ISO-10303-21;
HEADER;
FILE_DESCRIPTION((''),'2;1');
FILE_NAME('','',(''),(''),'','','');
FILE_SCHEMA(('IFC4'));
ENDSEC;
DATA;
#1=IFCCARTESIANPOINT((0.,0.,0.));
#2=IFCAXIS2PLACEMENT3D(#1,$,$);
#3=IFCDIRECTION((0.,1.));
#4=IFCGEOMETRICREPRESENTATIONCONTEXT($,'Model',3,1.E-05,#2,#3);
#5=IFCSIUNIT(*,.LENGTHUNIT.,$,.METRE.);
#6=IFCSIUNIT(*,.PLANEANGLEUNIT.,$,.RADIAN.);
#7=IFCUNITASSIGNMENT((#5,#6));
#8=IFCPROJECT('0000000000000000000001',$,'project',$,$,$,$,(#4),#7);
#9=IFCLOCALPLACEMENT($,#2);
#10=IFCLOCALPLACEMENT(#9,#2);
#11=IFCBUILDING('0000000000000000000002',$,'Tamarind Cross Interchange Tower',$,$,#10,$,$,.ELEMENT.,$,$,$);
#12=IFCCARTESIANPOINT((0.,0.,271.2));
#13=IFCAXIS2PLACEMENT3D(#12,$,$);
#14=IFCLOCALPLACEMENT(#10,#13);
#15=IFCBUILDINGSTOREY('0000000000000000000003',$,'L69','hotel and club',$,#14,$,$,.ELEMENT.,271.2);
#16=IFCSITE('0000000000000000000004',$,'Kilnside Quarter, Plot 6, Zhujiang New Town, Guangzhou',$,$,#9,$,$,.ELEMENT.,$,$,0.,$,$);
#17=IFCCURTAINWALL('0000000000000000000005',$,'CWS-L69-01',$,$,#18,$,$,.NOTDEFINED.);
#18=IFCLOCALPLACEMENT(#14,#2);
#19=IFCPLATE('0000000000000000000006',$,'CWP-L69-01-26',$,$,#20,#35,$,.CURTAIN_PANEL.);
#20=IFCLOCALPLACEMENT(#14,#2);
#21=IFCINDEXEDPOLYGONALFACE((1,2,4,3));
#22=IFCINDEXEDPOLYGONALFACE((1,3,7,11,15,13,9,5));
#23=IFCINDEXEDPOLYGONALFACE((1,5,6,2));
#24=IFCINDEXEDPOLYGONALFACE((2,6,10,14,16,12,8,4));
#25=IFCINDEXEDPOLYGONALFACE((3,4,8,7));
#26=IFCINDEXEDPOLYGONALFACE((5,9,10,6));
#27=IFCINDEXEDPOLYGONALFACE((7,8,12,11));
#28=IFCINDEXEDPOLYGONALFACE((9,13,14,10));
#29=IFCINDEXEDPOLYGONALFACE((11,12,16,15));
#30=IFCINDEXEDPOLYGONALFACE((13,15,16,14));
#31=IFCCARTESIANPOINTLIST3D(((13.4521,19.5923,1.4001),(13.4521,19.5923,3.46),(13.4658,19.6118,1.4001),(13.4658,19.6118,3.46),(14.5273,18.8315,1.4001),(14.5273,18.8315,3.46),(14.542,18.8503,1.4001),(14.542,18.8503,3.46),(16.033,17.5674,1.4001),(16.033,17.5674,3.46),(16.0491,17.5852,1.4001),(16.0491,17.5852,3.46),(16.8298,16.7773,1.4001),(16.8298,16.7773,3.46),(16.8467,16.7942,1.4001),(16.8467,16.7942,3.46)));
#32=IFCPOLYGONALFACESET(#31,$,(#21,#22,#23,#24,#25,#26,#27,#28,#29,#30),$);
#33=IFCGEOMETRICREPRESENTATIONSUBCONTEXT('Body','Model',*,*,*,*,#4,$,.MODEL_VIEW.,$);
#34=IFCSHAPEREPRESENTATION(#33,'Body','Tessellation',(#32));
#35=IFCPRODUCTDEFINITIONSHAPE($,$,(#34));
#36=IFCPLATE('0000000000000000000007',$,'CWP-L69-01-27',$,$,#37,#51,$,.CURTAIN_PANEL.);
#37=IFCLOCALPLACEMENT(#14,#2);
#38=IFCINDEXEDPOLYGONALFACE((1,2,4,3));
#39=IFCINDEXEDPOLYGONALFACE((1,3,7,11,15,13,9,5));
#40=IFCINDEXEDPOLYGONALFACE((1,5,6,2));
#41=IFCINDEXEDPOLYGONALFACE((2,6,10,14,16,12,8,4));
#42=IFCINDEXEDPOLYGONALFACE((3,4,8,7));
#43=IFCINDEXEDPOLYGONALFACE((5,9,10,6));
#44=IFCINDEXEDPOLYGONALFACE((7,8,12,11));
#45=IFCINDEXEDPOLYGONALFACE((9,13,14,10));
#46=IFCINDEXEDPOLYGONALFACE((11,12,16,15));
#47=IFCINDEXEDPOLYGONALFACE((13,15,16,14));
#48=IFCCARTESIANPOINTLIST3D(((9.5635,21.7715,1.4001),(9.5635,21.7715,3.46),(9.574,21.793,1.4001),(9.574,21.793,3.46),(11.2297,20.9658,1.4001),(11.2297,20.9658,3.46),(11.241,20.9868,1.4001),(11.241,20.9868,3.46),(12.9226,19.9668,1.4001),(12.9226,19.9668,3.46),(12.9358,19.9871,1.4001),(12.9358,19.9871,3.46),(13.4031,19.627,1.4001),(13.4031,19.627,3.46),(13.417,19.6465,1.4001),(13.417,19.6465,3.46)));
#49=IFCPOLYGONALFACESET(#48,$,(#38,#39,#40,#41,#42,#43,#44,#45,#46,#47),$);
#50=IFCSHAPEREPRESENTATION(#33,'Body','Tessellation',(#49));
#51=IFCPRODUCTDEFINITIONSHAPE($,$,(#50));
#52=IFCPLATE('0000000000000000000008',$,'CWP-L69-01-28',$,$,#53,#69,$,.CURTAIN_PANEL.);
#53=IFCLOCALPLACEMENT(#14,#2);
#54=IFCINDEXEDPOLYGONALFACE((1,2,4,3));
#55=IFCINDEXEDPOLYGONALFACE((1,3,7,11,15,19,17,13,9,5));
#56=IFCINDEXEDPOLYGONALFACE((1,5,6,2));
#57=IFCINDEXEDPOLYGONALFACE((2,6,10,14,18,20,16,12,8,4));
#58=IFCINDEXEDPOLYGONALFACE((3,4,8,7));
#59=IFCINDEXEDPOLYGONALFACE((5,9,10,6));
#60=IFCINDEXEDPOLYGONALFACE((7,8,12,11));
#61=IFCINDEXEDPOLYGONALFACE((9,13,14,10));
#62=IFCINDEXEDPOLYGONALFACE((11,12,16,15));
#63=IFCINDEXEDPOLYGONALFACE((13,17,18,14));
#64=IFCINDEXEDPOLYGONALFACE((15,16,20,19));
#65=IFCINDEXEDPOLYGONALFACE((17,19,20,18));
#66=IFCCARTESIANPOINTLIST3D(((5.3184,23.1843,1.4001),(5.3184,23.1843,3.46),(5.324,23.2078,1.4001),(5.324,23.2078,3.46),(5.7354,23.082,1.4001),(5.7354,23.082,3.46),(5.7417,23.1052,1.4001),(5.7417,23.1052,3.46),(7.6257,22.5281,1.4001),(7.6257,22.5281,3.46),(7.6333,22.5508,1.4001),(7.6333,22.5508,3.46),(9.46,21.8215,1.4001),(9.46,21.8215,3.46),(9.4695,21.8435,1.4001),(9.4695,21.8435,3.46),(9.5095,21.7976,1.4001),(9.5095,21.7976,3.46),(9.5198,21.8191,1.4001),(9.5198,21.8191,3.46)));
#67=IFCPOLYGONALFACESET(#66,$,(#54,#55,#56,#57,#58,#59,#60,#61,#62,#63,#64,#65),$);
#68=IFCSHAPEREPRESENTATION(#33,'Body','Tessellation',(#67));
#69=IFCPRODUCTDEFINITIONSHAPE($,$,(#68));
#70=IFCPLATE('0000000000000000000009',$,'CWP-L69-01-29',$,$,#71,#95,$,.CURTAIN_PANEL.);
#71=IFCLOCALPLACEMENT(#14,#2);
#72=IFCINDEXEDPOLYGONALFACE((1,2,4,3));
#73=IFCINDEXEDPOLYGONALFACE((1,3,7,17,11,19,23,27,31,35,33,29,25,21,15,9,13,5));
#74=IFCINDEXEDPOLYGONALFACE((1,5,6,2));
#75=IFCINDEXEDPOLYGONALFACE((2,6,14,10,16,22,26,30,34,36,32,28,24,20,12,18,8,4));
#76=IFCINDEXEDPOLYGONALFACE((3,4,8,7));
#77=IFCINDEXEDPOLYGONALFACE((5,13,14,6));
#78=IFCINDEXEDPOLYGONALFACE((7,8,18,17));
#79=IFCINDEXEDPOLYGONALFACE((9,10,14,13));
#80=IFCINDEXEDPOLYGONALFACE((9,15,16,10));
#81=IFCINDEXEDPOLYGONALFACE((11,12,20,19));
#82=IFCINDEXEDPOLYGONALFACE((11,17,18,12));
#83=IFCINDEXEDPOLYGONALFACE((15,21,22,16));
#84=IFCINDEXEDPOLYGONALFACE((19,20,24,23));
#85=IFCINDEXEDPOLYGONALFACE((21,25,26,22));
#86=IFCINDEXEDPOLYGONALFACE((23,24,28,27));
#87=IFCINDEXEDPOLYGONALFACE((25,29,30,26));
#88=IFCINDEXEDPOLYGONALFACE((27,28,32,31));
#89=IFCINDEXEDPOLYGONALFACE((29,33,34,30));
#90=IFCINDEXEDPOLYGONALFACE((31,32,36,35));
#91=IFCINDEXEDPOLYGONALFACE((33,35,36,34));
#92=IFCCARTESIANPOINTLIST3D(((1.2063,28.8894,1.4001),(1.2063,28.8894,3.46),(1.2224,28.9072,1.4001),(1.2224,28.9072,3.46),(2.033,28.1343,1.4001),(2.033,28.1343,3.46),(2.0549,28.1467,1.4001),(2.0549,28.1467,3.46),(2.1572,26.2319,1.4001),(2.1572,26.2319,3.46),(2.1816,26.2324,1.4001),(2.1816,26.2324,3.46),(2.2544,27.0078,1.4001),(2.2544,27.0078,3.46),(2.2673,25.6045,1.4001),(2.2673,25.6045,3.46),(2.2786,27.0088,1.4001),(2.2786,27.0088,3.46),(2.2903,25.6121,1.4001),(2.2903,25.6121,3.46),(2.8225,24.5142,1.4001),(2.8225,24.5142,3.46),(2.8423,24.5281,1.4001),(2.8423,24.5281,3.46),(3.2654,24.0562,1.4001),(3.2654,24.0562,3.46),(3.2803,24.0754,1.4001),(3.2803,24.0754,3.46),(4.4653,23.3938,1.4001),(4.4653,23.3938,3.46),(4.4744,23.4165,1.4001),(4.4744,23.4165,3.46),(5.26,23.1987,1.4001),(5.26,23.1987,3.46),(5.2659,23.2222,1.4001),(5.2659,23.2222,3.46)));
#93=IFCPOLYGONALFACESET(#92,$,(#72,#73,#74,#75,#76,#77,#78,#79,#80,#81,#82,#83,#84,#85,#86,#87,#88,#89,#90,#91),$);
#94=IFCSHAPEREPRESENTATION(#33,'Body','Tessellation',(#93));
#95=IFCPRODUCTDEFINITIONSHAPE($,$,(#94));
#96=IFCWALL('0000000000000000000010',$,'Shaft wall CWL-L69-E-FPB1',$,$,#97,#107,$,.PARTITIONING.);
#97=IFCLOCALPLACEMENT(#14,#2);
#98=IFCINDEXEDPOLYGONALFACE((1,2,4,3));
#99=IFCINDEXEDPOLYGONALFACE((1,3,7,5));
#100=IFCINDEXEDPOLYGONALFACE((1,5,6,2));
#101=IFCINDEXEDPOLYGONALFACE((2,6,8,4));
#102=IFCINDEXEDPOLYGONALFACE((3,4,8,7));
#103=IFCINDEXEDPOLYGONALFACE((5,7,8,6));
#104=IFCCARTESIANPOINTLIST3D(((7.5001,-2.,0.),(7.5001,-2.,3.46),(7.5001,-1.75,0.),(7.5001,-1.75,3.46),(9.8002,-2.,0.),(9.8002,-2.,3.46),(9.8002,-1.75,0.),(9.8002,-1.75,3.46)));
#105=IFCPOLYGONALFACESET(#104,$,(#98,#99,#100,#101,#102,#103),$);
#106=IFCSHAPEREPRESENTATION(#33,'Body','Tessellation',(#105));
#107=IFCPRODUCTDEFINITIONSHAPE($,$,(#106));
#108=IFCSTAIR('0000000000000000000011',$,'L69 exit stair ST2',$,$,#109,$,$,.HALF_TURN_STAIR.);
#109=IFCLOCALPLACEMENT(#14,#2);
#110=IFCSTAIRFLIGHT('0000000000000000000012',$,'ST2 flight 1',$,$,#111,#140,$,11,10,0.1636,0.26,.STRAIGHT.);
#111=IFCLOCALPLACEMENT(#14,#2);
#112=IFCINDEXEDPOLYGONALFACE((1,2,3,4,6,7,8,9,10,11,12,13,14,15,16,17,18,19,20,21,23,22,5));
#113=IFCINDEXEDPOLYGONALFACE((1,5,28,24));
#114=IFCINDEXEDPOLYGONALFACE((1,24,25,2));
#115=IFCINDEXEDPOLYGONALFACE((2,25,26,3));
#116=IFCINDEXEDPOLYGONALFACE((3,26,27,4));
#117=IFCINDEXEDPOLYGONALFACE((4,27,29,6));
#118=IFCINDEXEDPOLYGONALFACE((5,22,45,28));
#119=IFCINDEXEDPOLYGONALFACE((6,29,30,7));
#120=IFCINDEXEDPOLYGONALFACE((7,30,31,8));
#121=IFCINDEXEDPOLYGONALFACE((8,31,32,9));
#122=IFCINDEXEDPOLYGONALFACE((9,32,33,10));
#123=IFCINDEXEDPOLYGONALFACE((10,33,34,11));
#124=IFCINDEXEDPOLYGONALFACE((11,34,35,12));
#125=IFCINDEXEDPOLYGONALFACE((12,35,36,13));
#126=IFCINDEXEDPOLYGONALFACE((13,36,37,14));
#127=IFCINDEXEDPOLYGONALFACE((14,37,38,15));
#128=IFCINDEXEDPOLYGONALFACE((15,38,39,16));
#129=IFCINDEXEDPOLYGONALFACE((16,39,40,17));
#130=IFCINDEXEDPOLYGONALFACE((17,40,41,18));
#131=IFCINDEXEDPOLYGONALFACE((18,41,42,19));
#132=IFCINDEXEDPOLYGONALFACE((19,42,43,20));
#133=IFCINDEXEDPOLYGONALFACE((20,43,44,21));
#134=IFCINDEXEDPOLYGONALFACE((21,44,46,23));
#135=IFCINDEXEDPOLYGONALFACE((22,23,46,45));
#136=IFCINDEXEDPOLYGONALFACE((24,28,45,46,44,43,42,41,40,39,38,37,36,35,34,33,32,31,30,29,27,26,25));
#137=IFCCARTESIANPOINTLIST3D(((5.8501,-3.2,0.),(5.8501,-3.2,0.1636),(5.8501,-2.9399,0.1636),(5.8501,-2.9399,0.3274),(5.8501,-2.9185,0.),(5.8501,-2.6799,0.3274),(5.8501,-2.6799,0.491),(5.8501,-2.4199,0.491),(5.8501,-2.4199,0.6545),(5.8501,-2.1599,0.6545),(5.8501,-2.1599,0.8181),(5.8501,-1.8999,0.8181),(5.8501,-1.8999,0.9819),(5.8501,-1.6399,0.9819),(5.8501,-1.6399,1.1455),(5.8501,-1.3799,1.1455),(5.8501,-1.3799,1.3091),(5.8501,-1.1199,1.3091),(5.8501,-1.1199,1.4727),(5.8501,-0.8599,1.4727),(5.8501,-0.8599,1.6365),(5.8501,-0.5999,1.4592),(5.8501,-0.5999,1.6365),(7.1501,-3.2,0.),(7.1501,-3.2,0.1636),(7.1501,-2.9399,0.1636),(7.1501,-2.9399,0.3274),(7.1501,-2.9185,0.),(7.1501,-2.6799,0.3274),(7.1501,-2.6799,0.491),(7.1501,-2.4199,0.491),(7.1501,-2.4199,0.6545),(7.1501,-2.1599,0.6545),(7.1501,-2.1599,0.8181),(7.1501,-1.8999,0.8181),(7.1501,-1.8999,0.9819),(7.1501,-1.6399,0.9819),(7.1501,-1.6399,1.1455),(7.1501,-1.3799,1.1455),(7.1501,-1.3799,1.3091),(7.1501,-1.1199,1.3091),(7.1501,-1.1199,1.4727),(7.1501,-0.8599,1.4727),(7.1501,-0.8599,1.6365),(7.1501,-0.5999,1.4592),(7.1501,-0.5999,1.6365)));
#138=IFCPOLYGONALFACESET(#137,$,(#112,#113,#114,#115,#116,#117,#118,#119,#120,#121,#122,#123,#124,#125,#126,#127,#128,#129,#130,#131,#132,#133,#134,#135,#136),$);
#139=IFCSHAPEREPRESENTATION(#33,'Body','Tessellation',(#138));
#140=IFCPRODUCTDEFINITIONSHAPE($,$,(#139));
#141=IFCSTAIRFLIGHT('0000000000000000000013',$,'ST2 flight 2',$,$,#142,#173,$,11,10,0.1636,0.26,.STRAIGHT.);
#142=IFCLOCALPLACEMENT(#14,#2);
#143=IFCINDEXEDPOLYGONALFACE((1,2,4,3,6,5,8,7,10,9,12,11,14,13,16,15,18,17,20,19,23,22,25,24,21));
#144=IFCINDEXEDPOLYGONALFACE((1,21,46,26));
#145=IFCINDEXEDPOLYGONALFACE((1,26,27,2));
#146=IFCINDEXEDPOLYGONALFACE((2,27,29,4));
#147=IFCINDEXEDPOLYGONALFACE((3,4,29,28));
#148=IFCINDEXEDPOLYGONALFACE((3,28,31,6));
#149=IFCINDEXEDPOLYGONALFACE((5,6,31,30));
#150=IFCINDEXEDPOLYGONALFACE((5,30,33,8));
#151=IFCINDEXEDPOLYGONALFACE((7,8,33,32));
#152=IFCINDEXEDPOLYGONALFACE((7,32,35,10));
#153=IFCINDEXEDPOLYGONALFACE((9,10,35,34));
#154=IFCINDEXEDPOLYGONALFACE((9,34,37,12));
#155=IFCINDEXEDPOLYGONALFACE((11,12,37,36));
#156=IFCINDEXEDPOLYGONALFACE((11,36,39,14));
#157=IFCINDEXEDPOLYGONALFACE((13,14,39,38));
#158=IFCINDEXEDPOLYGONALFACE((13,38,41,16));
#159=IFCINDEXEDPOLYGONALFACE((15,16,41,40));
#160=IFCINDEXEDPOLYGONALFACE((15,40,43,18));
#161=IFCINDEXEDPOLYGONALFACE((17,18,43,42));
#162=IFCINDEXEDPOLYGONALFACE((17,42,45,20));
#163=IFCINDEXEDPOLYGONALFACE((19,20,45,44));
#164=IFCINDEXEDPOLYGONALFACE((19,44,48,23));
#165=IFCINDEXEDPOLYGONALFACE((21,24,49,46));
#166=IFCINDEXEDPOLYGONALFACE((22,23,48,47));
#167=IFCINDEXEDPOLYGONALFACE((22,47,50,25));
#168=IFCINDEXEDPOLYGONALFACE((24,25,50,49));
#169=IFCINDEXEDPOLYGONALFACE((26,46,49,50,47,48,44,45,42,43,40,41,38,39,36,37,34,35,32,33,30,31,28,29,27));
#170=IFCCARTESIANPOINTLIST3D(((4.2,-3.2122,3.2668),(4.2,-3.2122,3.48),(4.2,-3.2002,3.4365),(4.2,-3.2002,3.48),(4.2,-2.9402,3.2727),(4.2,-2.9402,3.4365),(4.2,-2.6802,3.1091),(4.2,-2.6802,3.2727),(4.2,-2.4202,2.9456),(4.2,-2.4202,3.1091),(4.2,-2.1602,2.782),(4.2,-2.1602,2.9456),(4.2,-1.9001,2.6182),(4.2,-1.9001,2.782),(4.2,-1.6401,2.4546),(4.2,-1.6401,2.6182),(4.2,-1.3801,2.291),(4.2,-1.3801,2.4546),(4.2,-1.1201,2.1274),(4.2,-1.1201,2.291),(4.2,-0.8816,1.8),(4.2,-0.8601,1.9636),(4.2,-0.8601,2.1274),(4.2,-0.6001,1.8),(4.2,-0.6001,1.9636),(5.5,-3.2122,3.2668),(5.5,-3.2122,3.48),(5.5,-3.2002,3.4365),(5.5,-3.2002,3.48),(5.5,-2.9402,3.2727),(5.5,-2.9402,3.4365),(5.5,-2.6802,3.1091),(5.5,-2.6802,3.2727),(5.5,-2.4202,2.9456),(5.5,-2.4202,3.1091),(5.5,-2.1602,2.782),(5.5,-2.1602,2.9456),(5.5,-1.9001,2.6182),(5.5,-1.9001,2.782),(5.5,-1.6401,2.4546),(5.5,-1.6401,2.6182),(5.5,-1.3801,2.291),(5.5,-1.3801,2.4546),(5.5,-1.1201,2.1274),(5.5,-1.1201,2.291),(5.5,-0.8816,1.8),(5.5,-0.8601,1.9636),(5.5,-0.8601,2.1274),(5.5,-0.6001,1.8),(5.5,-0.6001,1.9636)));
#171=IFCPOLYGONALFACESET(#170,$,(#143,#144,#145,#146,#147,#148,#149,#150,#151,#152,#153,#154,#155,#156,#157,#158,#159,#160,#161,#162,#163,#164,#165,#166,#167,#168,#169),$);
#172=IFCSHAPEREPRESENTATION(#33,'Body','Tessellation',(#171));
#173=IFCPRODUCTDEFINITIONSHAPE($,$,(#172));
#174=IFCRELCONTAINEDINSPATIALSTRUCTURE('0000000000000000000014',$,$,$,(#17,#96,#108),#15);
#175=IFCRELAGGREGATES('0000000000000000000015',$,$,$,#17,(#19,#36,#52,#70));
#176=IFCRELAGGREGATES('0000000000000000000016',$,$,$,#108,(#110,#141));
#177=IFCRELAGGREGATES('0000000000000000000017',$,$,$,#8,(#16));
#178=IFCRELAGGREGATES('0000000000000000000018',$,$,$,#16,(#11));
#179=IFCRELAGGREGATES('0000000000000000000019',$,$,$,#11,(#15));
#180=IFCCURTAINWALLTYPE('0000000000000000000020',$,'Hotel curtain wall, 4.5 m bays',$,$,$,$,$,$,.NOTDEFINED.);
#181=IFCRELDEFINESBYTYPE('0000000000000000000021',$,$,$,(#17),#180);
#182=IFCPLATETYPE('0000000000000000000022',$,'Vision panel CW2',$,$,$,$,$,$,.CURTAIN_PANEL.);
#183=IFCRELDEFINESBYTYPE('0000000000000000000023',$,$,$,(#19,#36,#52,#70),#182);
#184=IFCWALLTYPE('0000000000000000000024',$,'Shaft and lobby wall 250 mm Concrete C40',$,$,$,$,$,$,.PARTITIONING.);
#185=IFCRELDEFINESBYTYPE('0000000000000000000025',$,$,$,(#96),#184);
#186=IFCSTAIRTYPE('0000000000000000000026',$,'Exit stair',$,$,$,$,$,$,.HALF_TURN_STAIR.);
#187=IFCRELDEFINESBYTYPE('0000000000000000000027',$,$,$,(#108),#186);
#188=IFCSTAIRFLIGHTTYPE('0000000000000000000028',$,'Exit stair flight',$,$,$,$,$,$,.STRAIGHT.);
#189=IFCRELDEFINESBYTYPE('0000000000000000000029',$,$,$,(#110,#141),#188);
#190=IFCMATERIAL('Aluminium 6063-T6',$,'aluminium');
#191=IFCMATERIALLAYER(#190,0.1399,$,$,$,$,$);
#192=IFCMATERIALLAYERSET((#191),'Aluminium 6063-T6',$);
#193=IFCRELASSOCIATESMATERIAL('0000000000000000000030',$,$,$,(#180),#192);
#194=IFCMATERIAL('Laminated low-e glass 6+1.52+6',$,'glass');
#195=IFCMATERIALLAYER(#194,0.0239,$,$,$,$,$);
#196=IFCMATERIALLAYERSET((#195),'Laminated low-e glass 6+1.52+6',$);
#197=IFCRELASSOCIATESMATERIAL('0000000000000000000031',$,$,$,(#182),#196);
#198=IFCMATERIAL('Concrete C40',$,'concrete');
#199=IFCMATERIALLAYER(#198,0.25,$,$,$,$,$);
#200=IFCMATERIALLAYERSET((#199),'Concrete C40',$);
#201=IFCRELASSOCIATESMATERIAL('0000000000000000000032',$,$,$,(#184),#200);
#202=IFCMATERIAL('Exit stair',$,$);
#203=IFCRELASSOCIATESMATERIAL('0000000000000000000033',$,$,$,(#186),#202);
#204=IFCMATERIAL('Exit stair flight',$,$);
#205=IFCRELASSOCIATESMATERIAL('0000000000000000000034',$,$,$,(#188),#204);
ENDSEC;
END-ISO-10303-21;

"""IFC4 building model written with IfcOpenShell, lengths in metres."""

from ifc_helpers import new_model, si_unit, direction, frame, frame_2d, origin, place, context, subcontext, project, spatial, polyline, rectangle, outline, extrude, material, layer, layer_set, type_object, element, aggregate, save


model = new_model("IFC4")

# Units and contexts
model_context = context("Model", 3, precision=1e-05, world=origin(), true_north=direction((0.0, 1.0)))
body_context = subcontext(model_context, "Body", "Model", "MODEL_VIEW")
ifc_project = project(units=[si_unit("LENGTHUNIT", "METRE"), si_unit("PLANEANGLEUNIT", "RADIAN")], contexts=[model_context])

# Site, building, storey
site_placement = place(None, origin())
site = spatial("IfcSite", under=ifc_project, at=site_placement, Name="Kilnside Quarter, Plot 6, Zhujiang New Town, Guangzhou", CompositionType="ELEMENT", RefElevation=0.0)
building_placement = place(site_placement, origin())
building = spatial("IfcBuilding", under=site, at=building_placement, Name="Tamarind Cross Interchange Tower", CompositionType="ELEMENT")
storey_placement = place(building_placement, frame((0.0, 0.0, 271.2)))
storey = spatial("IfcBuildingStorey", under=building, at=storey_placement, Name="L69", Description="hotel and club", CompositionType="ELEMENT", Elevation=271.2)

# Curtain wall, plates
ifc_material_1 = material(Name="Aluminium 6063-T6", Category="aluminium")
ifc_layer_1 = layer(ifc_material_1, 0.1399)
ifc_layer_set_1 = layer_set([ifc_layer_1], Name="Aluminium 6063-T6")
curtain_wall_type = type_object("IfcCurtainWallType", Name="Hotel curtain wall, 4.5 m bays", PredefinedType="NOTDEFINED", material=ifc_layer_set_1)
curtain_wall_placement = place(storey_placement, origin())
curtain_wall = element("IfcCurtainWall", 1, at=curtain_wall_placement, inside=storey, type_object=curtain_wall_type, Name="CWS-L69-01", PredefinedType="NOTDEFINED")
ifc_material_2 = material(Name="Laminated low-e glass 6+1.52+6", Category="glass")
ifc_layer_2 = layer(ifc_material_2, 0.0239)
ifc_layer_set_2 = layer_set([ifc_layer_2], Name="Laminated low-e glass 6+1.52+6")
plate_type = type_object("IfcPlateType", Name="Vision panel CW2", PredefinedType="CURTAIN_PANEL", material=ifc_layer_set_2)
plate_1_placement = place(storey_placement, frame((0.0, 0.0, 1.4001)))
plate_1 = element("IfcPlate", 2, at=plate_1_placement, type_object=plate_type, Name="CWP-L69-01-26", PredefinedType="CURTAIN_PANEL", context=body_context, shape_type="SweptSolid", body=[
    extrude(outline(polyline([(16.8298, 16.7773), (16.033, 17.5674), (14.5273, 18.8315), (13.4521, 19.5923), (13.4658, 19.6118), (14.542, 18.8503), (16.0491, 17.5852), (16.8467, 16.7942), (16.8298, 16.7773)])), origin(), (0.0, 0.0, 1.0), 2.0598),
])
plate_2_placement = place(storey_placement, frame((0.0, 0.0, 1.4001)))
plate_2 = element("IfcPlate", 3, at=plate_2_placement, type_object=plate_type, Name="CWP-L69-01-27", PredefinedType="CURTAIN_PANEL", context=body_context, shape_type="SweptSolid", body=[
    extrude(outline(polyline([(13.4031, 19.627), (12.9226, 19.9668), (11.2297, 20.9658), (9.5635, 21.7715), (9.574, 21.793), (11.241, 20.9868), (12.9358, 19.9871), (13.417, 19.6465), (13.4031, 19.627)])), origin(), (0.0, 0.0, 1.0), 2.0598),
])
plate_3_placement = place(storey_placement, frame((0.0, 0.0, 1.4001)))
plate_3 = element("IfcPlate", 4, at=plate_3_placement, type_object=plate_type, Name="CWP-L69-01-28", PredefinedType="CURTAIN_PANEL", context=body_context, shape_type="SweptSolid", body=[
    extrude(outline(polyline([(9.5095, 21.7976), (9.46, 21.8215), (7.6257, 22.5281), (5.7354, 23.082), (5.3184, 23.1843), (5.324, 23.2078), (5.7417, 23.1052), (7.6333, 22.5508), (9.4695, 21.8435), (9.5198, 21.8191), (9.5095, 21.7976)])), origin(), (0.0, 0.0, 1.0), 2.0598),
])
plate_4_placement = place(storey_placement, frame((0.0, 0.0, 1.4001)))
plate_4 = element("IfcPlate", 5, at=plate_4_placement, type_object=plate_type, Name="CWP-L69-01-29", PredefinedType="CURTAIN_PANEL", context=body_context, shape_type="SweptSolid", body=[
    extrude(outline(polyline([(5.26, 23.1987), (4.4653, 23.3938), (3.2654, 24.0562), (2.8225, 24.5142), (2.2673, 25.6045), (2.1572, 26.2319), (2.2544, 27.0078), (2.033, 28.1343), (1.2063, 28.8894), (1.2224, 28.9072), (2.0549, 28.1467), (2.2786, 27.0088), (2.1816, 26.2324), (2.2903, 25.6121), (2.8423, 24.5281), (3.2803, 24.0754), (4.4744, 23.4165), (5.2659, 23.2222), (5.26, 23.1987)])), origin(), (0.0, 0.0, 1.0), 2.0598),
])
aggregate(curtain_wall, [plate_1, plate_2, plate_3, plate_4])

# Wall
ifc_material_3 = material(Name="Concrete C40", Category="concrete")
ifc_layer_3 = layer(ifc_material_3, 0.25)
ifc_layer_set_3 = layer_set([ifc_layer_3], Name="Concrete C40")
wall_type = type_object("IfcWallType", Name="Shaft and lobby wall 250 mm Concrete C40", PredefinedType="PARTITIONING", material=ifc_layer_set_3)
wall_placement = place(storey_placement, frame((9.8, -1.875, 0.0), z_axis=(0.0, 0.0, 1.0), x_axis=(-1.0, 0.0, 0.0)))
element("IfcWall", 6, at=wall_placement, inside=storey, type_object=wall_type, Name="Shaft wall CWL-L69-E-FPB1", PredefinedType="PARTITIONING", context=body_context, shape_type="SweptSolid", body=[
    extrude(rectangle(XDim=2.3, YDim=0.25, at=frame_2d((1.1499, 0.0))), origin(), (0.0, 0.0, 1.0), 3.46),
])

# Stair, stair flights
ifc_material_4 = material(Name="Exit stair")
stair_type = type_object("IfcStairType", Name="Exit stair", PredefinedType="HALF_TURN_STAIR", material=ifc_material_4)
stair_placement = place(storey_placement, origin())
stair = element("IfcStair", 7, at=stair_placement, inside=storey, type_object=stair_type, Name="L69 exit stair ST2", PredefinedType="HALF_TURN_STAIR")
ifc_material_5 = material(Name="Exit stair flight")
stair_flight_type = type_object("IfcStairFlightType", Name="Exit stair flight", PredefinedType="STRAIGHT", material=ifc_material_5)
stair_flight_1_placement = place(storey_placement, frame((6.5, -3.2, 0.0), z_axis=(0.0, 0.0, 1.0), x_axis=(0.0, 1.0, 0.0)))
stair_flight_1 = element("IfcStairFlight", 8, at=stair_flight_1_placement, type_object=stair_flight_type, Name="ST2 flight 1", NumberOfRisers=11, NumberOfTreads=10, PredefinedType="STRAIGHT", RiserHeight=0.1636, TreadLength=0.26, context=body_context, shape_type="SweptSolid", body=[
    extrude(outline(polyline([(0.0, 0.0), (0.0, 0.1636), (0.26, 0.1636), (0.26, 0.3274), (0.52, 0.3274), (0.52, 0.491), (0.78, 0.491), (0.78, 0.6545), (1.04, 0.6545), (1.04, 0.8181), (1.3, 0.8181), (1.3, 0.9819), (1.5601, 0.9819), (1.5601, 1.1455), (1.8201, 1.1455), (1.8201, 1.3091), (2.0801, 1.3091), (2.0801, 1.4727), (2.3401, 1.4727), (2.3401, 1.6365), (2.6001, 1.6365), (2.6001, 1.8), (2.6001, 1.4592), (0.2815, 0.0), (0.0, 0.0)])), frame((0.0, 0.6499, 0.0), z_axis=(0.0, -1.0, 0.0), x_axis=(1.0, 0.0, 0.0)), (0.0, 0.0, 1.0), 1.3),
])
stair_flight_2_placement = place(storey_placement, frame((4.8501, -0.6001, 1.8), z_axis=(0.0, 0.0, 1.0), x_axis=(0.0, -1.0, 0.0)))
stair_flight_2 = element("IfcStairFlight", 9, at=stair_flight_2_placement, type_object=stair_flight_type, Name="ST2 flight 2", NumberOfRisers=11, NumberOfTreads=10, PredefinedType="STRAIGHT", RiserHeight=0.1636, TreadLength=0.26, context=body_context, shape_type="SweptSolid", body=[
    extrude(outline(polyline([(0.0, 0.0), (0.0, 0.1636), (0.26, 0.1636), (0.26, 0.3274), (0.52, 0.3274), (0.52, 0.491), (0.78, 0.491), (0.78, 0.6545), (1.04, 0.6545), (1.04, 0.8181), (1.3, 0.8181), (1.3, 0.9819), (1.5601, 0.9819), (1.5601, 1.1455), (1.8201, 1.1455), (1.8201, 1.3091), (2.0801, 1.3091), (2.0801, 1.4727), (2.3401, 1.4727), (2.3401, 1.6365), (2.6001, 1.6365), (2.6001, 1.6799), (2.6121, 1.6799), (2.6121, 1.4668), (0.2815, 0.0), (0.0, 0.0)])), frame((0.0, 0.6499, 0.0), z_axis=(0.0, -1.0, 0.0), x_axis=(1.0, 0.0, 0.0)), (0.0, 0.0, 1.0), 1.3),
])
aggregate(stair, [stair_flight_1, stair_flight_2])

save(model, "model.ifc")
